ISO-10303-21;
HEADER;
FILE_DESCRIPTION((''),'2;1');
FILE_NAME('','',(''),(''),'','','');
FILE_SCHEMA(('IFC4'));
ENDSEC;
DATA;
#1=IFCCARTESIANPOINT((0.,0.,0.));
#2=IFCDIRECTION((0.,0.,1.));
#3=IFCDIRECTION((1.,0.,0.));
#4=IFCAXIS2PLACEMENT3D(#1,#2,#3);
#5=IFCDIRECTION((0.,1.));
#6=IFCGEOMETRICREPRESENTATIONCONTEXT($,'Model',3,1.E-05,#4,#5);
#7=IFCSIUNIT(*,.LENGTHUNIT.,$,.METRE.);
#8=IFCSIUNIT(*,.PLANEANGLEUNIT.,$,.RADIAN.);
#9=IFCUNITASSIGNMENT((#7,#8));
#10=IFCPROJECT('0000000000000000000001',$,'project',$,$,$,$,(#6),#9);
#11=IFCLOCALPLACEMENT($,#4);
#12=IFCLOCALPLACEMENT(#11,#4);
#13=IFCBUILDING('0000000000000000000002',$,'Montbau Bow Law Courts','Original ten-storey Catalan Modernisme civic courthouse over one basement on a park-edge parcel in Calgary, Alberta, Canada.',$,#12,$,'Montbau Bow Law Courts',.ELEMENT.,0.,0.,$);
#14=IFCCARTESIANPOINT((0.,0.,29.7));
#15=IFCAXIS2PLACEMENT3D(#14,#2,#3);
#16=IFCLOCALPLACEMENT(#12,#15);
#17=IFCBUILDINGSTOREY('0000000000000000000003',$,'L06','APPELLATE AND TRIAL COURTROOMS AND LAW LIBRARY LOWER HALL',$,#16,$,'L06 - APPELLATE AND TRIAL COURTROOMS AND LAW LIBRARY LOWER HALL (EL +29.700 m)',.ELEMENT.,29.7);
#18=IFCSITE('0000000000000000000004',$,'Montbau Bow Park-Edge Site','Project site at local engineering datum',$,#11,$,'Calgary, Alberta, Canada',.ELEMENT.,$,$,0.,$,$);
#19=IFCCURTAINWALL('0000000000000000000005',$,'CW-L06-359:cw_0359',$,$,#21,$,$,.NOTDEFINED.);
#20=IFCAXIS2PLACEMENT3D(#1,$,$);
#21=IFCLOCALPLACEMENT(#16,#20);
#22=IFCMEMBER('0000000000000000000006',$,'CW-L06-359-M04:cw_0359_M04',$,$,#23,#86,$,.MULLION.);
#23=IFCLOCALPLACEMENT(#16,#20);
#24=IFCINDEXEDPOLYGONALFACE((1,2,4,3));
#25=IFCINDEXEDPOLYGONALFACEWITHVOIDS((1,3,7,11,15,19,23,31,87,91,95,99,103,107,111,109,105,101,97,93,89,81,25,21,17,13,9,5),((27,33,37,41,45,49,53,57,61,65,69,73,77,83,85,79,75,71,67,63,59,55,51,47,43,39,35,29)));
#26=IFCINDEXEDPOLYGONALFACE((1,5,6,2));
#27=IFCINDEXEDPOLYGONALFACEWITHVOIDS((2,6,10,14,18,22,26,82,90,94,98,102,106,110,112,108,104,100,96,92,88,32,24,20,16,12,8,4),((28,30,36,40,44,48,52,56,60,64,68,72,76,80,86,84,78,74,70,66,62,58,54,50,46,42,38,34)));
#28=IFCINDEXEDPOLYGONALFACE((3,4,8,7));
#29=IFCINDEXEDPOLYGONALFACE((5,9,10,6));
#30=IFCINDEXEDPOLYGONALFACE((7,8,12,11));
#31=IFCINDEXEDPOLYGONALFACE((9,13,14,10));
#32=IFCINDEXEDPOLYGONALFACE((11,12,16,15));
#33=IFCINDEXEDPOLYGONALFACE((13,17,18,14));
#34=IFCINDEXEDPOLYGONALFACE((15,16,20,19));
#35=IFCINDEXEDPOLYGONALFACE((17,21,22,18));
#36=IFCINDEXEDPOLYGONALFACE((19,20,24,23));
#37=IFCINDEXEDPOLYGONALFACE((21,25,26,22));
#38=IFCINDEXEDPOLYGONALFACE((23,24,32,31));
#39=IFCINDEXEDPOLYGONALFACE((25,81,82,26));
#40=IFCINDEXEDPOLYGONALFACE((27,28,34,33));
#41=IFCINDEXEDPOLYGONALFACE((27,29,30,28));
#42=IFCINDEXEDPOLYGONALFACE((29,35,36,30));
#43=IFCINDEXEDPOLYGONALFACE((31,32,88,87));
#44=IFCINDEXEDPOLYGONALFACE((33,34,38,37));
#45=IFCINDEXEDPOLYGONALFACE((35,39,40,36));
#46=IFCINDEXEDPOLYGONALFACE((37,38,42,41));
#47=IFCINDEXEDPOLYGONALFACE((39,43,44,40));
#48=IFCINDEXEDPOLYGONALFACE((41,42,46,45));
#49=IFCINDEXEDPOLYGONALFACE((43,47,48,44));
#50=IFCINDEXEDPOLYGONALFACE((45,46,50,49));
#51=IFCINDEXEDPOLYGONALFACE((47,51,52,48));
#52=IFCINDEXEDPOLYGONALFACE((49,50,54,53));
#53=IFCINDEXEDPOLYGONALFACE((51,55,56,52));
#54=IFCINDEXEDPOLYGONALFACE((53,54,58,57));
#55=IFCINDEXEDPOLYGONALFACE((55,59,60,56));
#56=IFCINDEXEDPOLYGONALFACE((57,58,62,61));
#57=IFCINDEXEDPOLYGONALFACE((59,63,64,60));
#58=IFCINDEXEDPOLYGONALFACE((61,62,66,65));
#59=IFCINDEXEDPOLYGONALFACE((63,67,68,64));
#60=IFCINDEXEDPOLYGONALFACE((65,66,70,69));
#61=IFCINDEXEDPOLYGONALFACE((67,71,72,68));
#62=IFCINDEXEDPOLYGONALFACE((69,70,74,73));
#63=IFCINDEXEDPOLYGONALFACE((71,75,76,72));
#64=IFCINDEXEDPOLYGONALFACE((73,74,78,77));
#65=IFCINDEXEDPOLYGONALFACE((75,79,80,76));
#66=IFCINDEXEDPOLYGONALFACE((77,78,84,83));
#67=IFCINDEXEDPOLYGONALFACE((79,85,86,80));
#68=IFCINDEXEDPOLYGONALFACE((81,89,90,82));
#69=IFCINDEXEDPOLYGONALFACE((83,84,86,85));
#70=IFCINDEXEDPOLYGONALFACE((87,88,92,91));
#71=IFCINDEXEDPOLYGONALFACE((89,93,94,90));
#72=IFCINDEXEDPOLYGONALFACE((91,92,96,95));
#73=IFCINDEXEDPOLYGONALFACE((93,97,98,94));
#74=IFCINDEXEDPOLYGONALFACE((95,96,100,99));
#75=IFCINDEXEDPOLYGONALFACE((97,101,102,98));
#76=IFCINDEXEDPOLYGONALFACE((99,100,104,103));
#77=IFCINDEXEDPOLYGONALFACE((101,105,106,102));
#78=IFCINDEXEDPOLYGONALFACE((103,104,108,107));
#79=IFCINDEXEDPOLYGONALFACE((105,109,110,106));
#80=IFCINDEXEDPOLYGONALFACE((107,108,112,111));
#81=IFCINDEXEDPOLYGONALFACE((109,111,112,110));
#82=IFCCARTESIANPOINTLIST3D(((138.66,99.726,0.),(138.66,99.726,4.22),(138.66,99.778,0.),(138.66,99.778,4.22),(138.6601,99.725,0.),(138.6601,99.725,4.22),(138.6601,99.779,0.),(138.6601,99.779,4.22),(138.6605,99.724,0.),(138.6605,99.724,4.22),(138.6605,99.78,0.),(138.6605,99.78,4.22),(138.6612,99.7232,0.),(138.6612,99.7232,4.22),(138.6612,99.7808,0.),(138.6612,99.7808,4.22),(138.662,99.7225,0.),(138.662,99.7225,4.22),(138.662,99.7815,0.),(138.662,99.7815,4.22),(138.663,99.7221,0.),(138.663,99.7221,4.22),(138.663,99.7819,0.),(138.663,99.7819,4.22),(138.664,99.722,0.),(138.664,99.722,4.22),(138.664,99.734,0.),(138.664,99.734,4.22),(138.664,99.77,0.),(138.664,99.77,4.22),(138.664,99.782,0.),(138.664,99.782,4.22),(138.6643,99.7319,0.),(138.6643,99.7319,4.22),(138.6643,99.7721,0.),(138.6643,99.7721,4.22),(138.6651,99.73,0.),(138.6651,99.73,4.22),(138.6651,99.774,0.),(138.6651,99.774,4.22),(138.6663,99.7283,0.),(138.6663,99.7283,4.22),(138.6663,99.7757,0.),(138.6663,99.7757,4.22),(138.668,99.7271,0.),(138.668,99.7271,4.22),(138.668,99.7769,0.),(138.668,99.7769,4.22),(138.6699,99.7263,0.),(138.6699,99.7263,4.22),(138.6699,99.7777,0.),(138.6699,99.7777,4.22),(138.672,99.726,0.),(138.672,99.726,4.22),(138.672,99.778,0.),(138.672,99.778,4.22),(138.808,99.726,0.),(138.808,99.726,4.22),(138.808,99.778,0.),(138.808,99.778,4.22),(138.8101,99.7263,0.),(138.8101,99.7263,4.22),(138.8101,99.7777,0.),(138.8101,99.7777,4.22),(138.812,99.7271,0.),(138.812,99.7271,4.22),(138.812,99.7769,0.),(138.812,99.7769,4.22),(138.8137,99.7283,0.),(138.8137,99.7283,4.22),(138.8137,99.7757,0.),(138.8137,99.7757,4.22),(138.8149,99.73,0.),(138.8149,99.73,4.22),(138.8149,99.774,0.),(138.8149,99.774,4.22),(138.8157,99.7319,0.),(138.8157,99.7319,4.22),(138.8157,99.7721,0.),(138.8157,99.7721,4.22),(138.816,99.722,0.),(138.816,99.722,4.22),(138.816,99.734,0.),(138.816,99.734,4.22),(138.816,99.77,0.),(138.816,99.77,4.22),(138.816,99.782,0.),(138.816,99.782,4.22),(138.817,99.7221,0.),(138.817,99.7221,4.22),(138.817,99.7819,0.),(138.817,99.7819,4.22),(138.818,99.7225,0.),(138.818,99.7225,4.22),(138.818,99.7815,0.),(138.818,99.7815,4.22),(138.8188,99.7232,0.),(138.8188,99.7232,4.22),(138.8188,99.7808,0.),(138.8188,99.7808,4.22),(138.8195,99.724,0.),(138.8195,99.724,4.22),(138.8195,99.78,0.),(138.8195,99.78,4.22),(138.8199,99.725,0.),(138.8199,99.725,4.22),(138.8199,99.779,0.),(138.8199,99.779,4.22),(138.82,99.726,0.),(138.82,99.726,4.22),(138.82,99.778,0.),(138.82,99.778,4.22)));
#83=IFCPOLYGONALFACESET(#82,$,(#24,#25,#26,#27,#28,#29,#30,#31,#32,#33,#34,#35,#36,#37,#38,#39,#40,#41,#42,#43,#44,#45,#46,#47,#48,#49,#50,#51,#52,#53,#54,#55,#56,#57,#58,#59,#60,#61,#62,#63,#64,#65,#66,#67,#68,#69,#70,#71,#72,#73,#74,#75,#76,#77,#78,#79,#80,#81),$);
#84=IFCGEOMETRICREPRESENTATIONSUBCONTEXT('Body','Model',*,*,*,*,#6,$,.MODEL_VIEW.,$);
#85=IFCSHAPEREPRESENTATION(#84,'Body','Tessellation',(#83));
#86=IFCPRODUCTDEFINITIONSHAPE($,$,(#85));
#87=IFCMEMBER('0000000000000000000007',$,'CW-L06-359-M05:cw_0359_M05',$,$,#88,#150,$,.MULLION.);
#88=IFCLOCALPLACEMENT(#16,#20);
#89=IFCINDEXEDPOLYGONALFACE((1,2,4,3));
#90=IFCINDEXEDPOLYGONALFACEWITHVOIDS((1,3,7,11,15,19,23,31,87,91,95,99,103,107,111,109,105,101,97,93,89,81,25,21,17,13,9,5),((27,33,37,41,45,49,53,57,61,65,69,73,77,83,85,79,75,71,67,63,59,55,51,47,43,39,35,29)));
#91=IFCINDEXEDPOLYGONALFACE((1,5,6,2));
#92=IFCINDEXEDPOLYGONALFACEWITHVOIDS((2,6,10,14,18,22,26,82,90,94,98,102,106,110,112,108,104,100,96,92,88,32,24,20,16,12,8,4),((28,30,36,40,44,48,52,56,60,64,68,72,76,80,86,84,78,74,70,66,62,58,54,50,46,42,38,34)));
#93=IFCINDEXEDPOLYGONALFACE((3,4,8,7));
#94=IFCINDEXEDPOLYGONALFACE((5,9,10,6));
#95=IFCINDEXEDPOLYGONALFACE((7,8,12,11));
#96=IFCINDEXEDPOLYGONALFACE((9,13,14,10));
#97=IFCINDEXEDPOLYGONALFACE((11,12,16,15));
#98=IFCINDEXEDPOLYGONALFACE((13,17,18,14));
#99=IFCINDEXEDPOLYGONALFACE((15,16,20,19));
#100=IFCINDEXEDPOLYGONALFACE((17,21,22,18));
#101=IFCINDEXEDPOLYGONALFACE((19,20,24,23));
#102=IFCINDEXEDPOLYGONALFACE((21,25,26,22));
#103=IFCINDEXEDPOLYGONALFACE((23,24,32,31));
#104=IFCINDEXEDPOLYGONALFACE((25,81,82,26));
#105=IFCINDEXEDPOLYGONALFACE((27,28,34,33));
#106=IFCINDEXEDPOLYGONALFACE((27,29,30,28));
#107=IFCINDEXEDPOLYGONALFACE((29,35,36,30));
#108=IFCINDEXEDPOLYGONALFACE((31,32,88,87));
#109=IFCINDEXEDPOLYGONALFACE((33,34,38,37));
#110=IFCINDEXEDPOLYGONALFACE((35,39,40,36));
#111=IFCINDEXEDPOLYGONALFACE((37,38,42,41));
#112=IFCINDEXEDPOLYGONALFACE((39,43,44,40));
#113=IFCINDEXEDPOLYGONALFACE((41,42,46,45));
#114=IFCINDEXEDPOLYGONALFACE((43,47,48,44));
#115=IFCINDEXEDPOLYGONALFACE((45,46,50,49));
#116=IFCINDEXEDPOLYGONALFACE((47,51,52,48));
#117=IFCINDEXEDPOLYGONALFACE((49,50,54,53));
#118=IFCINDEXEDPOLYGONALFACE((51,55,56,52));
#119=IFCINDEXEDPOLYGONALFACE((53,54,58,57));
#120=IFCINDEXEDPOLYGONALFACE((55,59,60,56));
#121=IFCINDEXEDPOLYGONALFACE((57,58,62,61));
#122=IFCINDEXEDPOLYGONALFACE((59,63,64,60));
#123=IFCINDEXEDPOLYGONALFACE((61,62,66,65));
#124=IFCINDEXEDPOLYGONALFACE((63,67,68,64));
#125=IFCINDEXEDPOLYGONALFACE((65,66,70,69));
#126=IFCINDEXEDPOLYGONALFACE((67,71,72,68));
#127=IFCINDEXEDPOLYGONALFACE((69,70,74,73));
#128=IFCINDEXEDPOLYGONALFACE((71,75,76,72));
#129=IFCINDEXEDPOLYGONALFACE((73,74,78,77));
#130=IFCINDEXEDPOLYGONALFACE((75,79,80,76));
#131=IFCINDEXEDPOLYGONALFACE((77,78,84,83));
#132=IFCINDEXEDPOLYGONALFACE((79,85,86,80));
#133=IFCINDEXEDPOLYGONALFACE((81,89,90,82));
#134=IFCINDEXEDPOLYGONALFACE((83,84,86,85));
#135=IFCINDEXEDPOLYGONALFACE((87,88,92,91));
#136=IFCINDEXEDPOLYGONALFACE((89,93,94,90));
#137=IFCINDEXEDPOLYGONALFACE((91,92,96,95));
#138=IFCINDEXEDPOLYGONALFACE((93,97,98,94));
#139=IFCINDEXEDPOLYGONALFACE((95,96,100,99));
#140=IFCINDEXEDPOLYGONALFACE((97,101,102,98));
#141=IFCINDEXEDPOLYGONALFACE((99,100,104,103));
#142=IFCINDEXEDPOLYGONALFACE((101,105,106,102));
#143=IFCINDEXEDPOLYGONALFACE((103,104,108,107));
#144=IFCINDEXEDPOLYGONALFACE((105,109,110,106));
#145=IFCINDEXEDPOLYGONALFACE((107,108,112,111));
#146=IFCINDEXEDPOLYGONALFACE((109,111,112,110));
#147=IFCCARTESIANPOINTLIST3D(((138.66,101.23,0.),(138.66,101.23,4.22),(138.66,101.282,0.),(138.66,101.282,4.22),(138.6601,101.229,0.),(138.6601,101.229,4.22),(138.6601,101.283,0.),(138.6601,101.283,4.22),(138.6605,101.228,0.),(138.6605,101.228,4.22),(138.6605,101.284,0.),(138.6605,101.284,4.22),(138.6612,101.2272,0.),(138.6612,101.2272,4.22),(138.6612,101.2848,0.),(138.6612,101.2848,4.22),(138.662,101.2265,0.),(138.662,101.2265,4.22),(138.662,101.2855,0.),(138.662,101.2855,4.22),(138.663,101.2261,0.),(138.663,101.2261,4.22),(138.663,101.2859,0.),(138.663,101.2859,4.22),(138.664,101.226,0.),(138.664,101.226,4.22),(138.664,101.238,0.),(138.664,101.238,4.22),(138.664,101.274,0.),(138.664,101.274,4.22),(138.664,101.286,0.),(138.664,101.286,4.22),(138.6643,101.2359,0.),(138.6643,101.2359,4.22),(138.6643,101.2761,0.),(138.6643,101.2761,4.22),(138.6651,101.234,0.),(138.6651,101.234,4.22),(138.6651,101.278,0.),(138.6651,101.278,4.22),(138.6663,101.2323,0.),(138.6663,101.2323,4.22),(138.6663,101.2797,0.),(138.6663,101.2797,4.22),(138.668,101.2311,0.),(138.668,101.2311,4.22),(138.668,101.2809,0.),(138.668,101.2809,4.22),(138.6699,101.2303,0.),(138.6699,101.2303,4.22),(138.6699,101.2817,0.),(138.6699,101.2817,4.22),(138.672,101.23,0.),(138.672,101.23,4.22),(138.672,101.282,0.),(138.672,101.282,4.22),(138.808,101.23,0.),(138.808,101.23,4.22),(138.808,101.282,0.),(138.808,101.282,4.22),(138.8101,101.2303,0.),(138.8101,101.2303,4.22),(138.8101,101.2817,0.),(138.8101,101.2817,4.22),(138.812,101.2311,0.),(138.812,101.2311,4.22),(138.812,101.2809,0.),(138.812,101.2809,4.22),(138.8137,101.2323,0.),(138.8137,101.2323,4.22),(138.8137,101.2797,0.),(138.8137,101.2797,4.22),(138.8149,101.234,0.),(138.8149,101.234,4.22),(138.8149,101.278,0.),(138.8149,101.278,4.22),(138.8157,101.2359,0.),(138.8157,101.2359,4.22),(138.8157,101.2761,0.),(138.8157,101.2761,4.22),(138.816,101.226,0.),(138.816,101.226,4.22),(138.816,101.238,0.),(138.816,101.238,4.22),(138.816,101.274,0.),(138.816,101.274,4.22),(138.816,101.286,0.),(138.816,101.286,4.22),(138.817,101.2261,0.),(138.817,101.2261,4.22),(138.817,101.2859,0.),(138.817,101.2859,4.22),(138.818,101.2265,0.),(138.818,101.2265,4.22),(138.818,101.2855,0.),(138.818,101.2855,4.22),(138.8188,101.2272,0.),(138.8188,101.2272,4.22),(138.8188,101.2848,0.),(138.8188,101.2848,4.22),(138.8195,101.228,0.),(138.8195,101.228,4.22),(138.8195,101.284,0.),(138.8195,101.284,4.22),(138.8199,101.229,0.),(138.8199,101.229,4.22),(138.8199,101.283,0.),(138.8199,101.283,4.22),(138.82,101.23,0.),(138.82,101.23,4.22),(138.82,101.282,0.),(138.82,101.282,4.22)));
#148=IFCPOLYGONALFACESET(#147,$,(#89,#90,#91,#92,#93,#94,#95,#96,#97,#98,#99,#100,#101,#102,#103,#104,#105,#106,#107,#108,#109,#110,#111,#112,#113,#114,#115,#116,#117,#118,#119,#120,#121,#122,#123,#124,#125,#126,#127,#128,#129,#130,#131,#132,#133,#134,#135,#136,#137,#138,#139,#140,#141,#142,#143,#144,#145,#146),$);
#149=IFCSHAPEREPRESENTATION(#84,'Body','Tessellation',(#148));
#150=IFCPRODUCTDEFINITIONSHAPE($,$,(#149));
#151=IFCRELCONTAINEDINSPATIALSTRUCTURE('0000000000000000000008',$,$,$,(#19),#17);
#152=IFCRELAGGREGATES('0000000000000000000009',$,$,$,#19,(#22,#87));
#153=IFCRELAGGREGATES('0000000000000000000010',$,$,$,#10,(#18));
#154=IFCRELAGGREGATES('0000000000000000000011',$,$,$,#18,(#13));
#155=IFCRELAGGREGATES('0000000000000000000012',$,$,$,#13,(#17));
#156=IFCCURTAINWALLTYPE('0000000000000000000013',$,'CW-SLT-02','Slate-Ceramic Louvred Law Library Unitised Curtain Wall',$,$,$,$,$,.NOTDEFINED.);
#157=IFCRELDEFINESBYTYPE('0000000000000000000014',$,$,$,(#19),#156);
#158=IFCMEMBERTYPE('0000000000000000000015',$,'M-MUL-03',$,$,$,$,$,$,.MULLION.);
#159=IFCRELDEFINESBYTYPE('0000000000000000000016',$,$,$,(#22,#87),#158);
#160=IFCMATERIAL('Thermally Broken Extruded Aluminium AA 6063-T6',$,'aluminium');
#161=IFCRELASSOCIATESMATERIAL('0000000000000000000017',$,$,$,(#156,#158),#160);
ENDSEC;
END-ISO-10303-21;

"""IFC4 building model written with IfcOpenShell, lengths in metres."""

from ifc_helpers import new_model, si_unit, direction, frame, origin_with_axes, origin_2d_with_axis, place, context, subcontext, project, spatial, hollow_rectangle, extrude, material, material_profile, profile_set, type_object, element, aggregate, save


model = new_model("IFC4")

# Units and contexts
model_context = context("Model", 3, precision=1e-05, world=origin_with_axes(), true_north=direction((0.0, 1.0)))
body_context = subcontext(model_context, "Body", "Model", "MODEL_VIEW")
ifc_project = project(units=[si_unit("LENGTHUNIT", "METRE"), si_unit("PLANEANGLEUNIT", "RADIAN")], contexts=[model_context])

# Site, building, storey
site_placement = place(None, origin_with_axes())
site = spatial("IfcSite", under=ifc_project, at=site_placement, Name="Montbau Bow Park-Edge Site", Description="Project site at local engineering datum", LongName="Calgary, Alberta, Canada", CompositionType="ELEMENT", RefElevation=0.0)
building_placement = place(site_placement, origin_with_axes())
building = spatial("IfcBuilding", under=site, at=building_placement, Name="Montbau Bow Law Courts", Description="Original ten-storey Catalan Modernisme civic courthouse over one basement on a park-edge parcel in Calgary, Alberta, Canada.", LongName="Montbau Bow Law Courts", CompositionType="ELEMENT", ElevationOfRefHeight=0.0, ElevationOfTerrain=0.0)
storey_placement = place(building_placement, frame((0.0, 0.0, 29.7), z_axis=(0.0, 0.0, 1.0), x_axis=(1.0, 0.0, 0.0)))
storey = spatial("IfcBuildingStorey", under=building, at=storey_placement, Name="L06", Description="APPELLATE AND TRIAL COURTROOMS AND LAW LIBRARY LOWER HALL", LongName="L06 - APPELLATE AND TRIAL COURTROOMS AND LAW LIBRARY LOWER HALL (EL +29.700 m)", CompositionType="ELEMENT", Elevation=29.7)

# Curtain wall, members
ifc_material_1 = material(Name="Thermally Broken Extruded Aluminium AA 6063-T6", Category="aluminium")
curtain_wall_type = type_object("IfcCurtainWallType", Name="CW-SLT-02", Description="Slate-Ceramic Louvred Law Library Unitised Curtain Wall", PredefinedType="NOTDEFINED", material=ifc_material_1)
curtain_wall_placement = place(None, frame((138.74, 95.24, 29.7), z_axis=(0.0, 0.0, 1.0), x_axis=(1.0, 0.0, 0.0)))
curtain_wall = element("IfcCurtainWall", 1, at=curtain_wall_placement, inside=storey, type_object=curtain_wall_type, Name="CW-L06-359:cw_0359", PredefinedType="NOTDEFINED")
ifc_material_profile_1 = material_profile(ifc_material_1, hollow_rectangle(XDim=0.06, YDim=0.16, WallThickness=0.004, InnerFilletRadius=0.008, OuterFilletRadius=0.004, at=origin_2d_with_axis()), Name="CWM-160X60", Category="Main", Priority=0)
ifc_profile_set_1 = profile_set([ifc_material_profile_1], Name="Thermally Broken Extruded Aluminium AA 6063-T6")
member_type_1 = type_object("IfcMemberType", Name="M-MUL-03", PredefinedType="MULLION", material=ifc_profile_set_1)
member_1_placement = place(None, frame((138.74, 99.752, 29.7), z_axis=(0.0, 0.0, 1.0), x_axis=(0.0, 1.0, 0.0)))
member_1 = element("IfcMember", 2, at=member_1_placement, type_object=member_type_1, Name="CW-L06-359-M04:cw_0359_M04", PredefinedType="MULLION", context=body_context, shape_type="SweptSolid", body=[
    extrude(hollow_rectangle(XDim=0.06, YDim=0.16, WallThickness=0.004, InnerFilletRadius=0.008, OuterFilletRadius=0.004, at=origin_2d_with_axis()), origin_with_axes(), (0.0, 0.0, 1.0), 4.22),
])
member_2_placement = place(None, frame((138.74, 101.256, 29.7), z_axis=(0.0, 0.0, 1.0), x_axis=(0.0, 1.0, 0.0)))
member_2 = element("IfcMember", 3, at=member_2_placement, type_object=member_type_1, Name="CW-L06-359-M05:cw_0359_M05", PredefinedType="MULLION", context=body_context, shape_type="SweptSolid", body=[
    extrude(hollow_rectangle(XDim=0.06, YDim=0.16, WallThickness=0.004, InnerFilletRadius=0.008, OuterFilletRadius=0.004, at=origin_2d_with_axis()), origin_with_axes(), (0.0, 0.0, 1.0), 4.22),
])
aggregate(curtain_wall, [member_1, member_2])

save(model, "model.ifc")
